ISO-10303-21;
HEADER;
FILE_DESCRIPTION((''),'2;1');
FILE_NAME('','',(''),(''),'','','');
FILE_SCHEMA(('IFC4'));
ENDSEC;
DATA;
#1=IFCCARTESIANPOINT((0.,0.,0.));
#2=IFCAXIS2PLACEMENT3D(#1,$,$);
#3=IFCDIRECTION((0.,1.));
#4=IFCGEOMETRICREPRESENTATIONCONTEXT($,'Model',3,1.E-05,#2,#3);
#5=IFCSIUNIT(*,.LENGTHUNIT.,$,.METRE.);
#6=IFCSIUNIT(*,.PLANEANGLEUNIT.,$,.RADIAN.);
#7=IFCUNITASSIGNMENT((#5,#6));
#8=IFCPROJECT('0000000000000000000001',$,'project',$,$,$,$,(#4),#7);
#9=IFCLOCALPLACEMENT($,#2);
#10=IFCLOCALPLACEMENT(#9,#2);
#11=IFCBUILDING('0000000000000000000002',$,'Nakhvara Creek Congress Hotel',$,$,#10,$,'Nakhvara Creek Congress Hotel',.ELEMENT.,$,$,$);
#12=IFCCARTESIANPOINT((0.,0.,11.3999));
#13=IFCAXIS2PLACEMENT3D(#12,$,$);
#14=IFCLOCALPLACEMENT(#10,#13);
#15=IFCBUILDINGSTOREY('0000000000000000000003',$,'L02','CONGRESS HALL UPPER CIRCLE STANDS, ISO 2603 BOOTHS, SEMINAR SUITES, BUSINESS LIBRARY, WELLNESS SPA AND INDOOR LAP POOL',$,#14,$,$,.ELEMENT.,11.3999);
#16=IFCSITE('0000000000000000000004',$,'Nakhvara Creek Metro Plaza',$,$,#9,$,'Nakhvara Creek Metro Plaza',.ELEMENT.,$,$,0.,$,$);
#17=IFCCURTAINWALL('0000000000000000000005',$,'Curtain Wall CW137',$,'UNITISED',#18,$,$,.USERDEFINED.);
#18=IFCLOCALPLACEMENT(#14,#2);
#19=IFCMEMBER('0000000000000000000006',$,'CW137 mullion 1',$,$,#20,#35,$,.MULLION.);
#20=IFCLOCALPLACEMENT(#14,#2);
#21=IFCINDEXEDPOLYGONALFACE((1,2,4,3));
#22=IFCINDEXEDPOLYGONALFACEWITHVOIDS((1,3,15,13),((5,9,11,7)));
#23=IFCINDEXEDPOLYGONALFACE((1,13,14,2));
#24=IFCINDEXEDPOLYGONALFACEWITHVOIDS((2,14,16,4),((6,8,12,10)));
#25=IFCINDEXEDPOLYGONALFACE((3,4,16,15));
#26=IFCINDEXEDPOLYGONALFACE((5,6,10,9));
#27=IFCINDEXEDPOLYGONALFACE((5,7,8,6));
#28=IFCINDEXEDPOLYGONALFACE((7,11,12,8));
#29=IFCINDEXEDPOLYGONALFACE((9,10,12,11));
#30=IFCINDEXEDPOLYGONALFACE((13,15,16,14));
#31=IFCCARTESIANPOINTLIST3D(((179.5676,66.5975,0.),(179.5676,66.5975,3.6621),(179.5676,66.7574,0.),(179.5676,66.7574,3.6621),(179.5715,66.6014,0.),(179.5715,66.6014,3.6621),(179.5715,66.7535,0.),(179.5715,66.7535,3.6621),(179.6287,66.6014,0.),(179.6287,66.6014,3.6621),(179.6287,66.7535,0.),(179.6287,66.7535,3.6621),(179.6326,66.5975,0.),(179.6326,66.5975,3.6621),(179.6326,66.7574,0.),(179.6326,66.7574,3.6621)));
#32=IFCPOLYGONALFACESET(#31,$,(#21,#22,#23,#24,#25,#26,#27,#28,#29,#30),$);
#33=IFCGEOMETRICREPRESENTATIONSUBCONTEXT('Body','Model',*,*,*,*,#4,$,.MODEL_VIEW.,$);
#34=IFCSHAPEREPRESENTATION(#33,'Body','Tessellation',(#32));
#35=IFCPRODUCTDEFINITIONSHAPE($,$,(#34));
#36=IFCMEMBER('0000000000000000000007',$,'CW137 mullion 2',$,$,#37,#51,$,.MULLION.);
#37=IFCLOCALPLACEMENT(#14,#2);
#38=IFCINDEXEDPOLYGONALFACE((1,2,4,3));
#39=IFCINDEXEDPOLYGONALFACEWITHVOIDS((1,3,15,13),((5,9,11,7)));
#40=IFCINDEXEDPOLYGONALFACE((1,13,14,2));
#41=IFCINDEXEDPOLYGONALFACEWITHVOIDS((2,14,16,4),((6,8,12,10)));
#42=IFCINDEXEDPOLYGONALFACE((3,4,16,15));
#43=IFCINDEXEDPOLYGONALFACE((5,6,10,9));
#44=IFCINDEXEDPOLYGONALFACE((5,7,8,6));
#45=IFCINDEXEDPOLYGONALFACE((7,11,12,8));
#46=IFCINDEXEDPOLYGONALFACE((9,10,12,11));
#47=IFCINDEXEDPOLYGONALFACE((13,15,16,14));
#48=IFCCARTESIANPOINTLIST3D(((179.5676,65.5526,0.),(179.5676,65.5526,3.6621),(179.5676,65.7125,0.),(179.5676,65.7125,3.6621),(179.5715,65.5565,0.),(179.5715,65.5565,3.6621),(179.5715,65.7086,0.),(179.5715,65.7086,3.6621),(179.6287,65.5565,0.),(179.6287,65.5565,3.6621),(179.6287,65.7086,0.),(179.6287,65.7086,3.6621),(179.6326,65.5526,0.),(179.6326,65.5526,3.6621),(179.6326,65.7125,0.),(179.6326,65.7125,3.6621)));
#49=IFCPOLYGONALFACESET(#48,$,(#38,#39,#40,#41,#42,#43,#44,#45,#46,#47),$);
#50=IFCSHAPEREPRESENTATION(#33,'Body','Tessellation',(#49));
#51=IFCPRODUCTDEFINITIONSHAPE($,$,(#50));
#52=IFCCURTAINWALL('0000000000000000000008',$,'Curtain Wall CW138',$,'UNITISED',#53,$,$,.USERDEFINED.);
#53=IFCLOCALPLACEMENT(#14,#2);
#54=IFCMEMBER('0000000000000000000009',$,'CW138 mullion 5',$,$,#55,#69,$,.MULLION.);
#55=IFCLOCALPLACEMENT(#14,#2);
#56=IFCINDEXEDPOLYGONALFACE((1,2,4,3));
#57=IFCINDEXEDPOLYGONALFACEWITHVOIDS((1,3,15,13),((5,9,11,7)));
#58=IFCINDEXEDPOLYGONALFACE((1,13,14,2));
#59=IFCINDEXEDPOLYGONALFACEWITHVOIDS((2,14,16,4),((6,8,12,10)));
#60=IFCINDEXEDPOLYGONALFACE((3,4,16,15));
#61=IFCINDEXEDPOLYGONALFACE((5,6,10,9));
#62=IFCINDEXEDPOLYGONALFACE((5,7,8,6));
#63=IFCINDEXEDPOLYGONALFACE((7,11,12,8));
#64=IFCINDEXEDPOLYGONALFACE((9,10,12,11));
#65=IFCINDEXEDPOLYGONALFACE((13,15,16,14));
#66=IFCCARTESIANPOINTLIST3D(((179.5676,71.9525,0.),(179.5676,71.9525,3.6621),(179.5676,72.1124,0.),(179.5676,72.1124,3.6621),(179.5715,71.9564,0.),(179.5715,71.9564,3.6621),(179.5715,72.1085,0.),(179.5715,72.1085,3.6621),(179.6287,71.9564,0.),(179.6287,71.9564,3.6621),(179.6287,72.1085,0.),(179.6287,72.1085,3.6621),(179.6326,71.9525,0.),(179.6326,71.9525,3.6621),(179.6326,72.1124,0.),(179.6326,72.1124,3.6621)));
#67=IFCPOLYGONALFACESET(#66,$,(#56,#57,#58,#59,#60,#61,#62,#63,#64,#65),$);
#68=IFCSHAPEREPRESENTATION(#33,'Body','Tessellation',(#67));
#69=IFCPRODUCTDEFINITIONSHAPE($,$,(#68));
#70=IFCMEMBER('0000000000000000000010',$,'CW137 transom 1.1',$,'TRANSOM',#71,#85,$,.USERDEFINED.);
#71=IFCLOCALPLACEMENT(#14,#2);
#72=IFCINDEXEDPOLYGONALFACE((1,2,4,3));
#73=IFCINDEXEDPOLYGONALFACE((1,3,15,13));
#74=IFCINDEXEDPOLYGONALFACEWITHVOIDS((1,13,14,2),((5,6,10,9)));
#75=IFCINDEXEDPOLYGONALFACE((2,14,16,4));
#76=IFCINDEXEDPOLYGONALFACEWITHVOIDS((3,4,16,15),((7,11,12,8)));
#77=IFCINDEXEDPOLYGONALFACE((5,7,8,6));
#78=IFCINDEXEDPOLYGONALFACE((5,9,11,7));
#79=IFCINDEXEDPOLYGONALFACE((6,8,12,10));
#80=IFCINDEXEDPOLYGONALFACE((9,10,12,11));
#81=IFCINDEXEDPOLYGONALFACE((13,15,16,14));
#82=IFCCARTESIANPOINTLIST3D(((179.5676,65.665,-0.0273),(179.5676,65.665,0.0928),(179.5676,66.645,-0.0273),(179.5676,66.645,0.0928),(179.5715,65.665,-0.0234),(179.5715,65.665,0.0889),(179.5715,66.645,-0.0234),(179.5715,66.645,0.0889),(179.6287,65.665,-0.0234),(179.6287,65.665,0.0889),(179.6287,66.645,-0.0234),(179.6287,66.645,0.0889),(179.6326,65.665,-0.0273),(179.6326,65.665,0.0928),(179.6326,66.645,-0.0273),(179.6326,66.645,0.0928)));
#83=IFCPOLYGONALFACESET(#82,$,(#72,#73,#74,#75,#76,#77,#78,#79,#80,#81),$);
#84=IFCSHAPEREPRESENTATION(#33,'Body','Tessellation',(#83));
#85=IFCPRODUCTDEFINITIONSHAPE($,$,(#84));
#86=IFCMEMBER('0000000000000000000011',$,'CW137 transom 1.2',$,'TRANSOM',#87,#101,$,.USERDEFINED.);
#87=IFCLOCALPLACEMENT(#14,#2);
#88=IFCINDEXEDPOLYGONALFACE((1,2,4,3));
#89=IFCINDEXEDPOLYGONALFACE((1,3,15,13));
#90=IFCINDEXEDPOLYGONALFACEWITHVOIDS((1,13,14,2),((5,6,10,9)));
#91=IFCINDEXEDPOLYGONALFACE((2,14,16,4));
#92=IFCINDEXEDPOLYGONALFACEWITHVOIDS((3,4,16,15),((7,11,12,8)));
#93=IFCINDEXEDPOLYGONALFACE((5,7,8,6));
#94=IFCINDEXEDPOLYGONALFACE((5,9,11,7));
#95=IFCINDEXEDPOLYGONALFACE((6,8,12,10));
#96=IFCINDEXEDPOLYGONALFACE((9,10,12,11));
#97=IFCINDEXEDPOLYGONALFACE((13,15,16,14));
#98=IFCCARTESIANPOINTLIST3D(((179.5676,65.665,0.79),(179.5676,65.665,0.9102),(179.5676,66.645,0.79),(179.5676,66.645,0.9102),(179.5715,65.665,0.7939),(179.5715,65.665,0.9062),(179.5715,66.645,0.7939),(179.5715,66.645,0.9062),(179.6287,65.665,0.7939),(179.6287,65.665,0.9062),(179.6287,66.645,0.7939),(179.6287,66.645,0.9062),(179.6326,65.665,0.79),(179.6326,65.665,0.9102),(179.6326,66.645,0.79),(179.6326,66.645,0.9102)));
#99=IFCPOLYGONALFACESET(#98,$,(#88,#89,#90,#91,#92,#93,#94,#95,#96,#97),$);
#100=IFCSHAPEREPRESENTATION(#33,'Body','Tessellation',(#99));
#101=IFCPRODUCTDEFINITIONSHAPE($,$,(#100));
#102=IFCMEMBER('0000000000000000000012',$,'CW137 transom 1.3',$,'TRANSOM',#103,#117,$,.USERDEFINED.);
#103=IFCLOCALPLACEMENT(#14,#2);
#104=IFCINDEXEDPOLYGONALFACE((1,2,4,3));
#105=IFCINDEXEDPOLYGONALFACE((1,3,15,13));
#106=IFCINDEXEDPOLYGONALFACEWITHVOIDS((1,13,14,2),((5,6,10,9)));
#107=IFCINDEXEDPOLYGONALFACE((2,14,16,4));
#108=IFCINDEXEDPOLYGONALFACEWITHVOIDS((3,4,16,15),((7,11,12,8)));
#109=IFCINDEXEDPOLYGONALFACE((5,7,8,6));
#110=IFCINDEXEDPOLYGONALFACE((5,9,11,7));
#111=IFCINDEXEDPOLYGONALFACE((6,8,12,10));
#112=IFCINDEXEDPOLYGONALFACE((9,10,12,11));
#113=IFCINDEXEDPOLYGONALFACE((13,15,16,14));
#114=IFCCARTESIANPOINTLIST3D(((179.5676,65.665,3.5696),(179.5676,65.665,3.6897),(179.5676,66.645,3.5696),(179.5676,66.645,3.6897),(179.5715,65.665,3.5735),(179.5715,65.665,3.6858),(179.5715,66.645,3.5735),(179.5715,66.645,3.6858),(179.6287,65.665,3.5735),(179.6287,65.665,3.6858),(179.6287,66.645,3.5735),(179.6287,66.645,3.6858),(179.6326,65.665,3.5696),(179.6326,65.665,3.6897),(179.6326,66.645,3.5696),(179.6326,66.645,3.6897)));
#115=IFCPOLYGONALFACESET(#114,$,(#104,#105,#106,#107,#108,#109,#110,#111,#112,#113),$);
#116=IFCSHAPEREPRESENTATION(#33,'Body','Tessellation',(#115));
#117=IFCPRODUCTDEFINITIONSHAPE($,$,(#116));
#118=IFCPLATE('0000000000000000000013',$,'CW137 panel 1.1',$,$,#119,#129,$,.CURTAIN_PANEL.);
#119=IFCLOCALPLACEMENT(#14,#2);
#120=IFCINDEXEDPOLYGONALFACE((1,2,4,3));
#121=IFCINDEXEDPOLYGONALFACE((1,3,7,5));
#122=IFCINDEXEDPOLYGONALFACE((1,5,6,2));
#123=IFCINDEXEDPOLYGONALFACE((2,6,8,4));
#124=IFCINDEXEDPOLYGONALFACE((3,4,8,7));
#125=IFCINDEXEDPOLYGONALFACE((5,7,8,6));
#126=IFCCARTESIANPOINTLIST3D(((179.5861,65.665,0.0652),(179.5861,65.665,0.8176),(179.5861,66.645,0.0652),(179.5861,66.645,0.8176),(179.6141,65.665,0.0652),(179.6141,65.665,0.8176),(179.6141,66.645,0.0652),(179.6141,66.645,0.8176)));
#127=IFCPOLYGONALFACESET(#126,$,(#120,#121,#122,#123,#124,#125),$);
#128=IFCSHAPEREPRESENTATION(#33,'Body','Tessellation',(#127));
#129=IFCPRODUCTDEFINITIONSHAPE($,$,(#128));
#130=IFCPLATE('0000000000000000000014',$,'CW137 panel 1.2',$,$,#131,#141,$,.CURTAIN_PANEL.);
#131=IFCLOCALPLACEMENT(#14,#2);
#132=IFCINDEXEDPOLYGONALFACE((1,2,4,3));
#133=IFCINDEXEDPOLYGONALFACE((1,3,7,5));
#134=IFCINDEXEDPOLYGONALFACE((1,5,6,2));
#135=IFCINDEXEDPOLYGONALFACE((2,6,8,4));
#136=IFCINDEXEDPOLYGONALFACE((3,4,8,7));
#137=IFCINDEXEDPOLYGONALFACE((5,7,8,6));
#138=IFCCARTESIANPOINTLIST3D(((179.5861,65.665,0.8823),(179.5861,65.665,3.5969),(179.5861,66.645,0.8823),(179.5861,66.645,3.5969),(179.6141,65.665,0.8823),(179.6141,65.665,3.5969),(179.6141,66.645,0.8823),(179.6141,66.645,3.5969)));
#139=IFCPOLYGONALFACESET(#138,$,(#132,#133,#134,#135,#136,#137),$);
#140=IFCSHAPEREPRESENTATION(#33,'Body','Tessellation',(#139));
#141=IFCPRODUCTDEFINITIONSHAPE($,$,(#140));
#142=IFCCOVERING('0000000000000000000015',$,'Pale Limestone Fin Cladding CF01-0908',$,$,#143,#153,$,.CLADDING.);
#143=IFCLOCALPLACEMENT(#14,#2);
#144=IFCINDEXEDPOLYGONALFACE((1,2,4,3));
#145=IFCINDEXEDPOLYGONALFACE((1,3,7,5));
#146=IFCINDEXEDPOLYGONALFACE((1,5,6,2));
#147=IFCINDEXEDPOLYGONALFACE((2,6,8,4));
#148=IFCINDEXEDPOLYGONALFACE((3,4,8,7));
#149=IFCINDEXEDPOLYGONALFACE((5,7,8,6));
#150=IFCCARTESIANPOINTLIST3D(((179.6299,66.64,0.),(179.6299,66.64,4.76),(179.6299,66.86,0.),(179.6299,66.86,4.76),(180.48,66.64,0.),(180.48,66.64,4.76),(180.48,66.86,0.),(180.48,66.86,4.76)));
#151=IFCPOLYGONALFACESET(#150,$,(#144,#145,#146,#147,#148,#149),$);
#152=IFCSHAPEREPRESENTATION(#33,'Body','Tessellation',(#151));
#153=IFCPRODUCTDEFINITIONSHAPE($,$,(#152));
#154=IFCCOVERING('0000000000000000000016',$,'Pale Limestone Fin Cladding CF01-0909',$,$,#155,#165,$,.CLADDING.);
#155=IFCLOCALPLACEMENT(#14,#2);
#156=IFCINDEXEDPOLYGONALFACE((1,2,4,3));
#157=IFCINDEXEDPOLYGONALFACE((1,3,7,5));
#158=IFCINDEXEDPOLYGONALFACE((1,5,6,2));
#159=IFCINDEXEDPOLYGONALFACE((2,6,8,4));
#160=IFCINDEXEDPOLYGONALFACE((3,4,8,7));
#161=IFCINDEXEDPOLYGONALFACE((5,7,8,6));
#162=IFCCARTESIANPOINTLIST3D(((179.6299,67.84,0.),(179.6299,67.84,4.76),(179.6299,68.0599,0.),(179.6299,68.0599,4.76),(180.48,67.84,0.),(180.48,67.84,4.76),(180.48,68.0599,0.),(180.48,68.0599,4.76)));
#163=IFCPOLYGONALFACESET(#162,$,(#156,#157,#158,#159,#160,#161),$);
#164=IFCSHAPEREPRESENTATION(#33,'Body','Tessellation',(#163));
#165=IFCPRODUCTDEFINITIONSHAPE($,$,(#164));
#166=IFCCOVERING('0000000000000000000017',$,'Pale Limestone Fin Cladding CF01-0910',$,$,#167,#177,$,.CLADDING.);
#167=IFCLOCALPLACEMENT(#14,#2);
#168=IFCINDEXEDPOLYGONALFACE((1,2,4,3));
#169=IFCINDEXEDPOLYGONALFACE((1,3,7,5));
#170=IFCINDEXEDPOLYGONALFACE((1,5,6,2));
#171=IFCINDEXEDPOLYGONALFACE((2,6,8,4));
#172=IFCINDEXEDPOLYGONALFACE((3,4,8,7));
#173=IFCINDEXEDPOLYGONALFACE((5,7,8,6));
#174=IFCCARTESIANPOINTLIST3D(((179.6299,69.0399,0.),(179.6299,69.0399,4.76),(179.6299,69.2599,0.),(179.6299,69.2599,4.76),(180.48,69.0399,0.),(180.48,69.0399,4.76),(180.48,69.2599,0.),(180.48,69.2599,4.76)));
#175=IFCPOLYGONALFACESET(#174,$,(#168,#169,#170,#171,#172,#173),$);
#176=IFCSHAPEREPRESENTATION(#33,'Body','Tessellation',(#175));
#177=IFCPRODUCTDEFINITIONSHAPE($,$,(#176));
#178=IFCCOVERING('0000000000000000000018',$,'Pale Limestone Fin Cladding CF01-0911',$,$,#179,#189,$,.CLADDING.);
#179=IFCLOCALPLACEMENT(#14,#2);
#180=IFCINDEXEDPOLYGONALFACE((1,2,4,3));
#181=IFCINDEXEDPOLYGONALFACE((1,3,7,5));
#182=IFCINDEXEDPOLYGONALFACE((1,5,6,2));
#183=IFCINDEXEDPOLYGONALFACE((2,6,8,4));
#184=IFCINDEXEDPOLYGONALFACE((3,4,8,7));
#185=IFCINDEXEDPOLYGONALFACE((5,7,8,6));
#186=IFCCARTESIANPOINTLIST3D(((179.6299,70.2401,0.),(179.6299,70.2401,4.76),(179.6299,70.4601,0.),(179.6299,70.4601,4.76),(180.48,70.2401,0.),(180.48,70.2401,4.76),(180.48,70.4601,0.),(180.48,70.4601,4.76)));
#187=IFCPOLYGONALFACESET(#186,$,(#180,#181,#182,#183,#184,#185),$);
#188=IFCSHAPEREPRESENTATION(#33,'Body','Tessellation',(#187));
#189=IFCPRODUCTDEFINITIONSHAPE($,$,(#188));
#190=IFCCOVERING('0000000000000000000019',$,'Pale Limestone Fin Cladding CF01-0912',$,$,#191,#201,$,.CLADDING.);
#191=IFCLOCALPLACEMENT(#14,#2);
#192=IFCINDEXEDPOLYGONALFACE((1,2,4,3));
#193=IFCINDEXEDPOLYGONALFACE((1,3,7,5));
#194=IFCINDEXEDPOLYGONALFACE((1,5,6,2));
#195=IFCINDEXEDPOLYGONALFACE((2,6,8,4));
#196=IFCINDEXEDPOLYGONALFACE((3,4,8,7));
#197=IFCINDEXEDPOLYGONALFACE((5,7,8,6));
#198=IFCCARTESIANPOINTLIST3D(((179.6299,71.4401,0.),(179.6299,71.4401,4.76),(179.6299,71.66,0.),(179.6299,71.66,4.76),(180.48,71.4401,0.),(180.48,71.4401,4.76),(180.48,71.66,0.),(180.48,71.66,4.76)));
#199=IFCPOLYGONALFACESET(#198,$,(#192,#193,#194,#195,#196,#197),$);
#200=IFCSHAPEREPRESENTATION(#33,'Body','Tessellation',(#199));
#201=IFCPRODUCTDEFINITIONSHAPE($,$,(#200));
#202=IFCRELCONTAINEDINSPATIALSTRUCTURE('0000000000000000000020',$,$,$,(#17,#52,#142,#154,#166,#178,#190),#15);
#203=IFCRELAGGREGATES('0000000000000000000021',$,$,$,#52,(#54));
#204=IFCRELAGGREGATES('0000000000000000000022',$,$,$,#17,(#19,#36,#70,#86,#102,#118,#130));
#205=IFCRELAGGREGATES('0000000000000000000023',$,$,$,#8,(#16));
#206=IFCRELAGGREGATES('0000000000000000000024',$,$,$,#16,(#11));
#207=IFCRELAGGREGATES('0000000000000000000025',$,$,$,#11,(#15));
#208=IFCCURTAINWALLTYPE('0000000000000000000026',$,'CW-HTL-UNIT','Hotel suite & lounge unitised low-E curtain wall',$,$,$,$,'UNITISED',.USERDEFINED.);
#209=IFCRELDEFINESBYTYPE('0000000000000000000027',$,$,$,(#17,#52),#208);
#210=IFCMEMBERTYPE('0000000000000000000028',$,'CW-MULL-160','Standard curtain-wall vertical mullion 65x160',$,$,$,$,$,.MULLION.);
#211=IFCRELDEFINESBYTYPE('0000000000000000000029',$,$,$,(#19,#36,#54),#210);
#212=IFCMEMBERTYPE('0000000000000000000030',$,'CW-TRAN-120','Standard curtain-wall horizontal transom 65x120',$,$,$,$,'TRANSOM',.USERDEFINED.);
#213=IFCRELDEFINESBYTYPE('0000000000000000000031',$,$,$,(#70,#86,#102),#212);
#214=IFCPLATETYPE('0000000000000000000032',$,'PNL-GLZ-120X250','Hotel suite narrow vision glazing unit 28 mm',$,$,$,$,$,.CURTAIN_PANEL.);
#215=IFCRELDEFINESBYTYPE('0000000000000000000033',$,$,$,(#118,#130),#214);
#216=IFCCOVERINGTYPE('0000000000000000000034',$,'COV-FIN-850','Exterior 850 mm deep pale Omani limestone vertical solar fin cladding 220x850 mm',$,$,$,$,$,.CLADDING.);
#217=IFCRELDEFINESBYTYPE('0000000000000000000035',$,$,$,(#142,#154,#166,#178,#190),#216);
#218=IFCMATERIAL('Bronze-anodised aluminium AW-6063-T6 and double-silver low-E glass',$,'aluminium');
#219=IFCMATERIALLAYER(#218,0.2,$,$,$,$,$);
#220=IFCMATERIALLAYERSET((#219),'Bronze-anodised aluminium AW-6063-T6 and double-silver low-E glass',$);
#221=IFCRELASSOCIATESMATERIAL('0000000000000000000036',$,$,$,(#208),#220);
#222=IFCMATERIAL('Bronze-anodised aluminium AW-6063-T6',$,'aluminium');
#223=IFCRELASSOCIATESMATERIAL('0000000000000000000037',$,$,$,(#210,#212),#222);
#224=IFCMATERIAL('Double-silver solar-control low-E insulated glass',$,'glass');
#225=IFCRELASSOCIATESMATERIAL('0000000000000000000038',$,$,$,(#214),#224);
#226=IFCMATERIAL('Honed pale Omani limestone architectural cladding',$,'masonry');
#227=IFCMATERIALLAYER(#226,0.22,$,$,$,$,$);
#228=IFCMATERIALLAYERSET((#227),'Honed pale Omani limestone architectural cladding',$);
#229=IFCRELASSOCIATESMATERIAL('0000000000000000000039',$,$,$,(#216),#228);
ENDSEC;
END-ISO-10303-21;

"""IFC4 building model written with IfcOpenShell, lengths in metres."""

from ifc_helpers import new_model, si_unit, direction, frame, origin, origin_2d, place, context, subcontext, project, spatial, rectangle, hollow_rectangle, extrude, material, layer, layer_set, material_profile, profile_set, type_object, element, aggregate, save


model = new_model("IFC4")

# Units and contexts
model_context = context("Model", 3, precision=1e-05, world=origin(), true_north=direction((0.0, 1.0)))
body_context = subcontext(model_context, "Body", "Model", "MODEL_VIEW")
ifc_project = project(units=[si_unit("LENGTHUNIT", "METRE"), si_unit("PLANEANGLEUNIT", "RADIAN")], contexts=[model_context])

# Site, building, storey
site_placement = place(None, origin())
site = spatial("IfcSite", under=ifc_project, at=site_placement, Name="Nakhvara Creek Metro Plaza", LongName="Nakhvara Creek Metro Plaza", CompositionType="ELEMENT", RefElevation=0.0)
building_placement = place(site_placement, origin())
building = spatial("IfcBuilding", under=site, at=building_placement, Name="Nakhvara Creek Congress Hotel", LongName="Nakhvara Creek Congress Hotel", CompositionType="ELEMENT")
storey_placement = place(building_placement, frame((0.0, 0.0, 11.3999)))
storey = spatial("IfcBuildingStorey", under=building, at=storey_placement, Name="L02", Description="CONGRESS HALL UPPER CIRCLE STANDS, ISO 2603 BOOTHS, SEMINAR SUITES, BUSINESS LIBRARY, WELLNESS SPA AND INDOOR LAP POOL", CompositionType="ELEMENT", Elevation=11.3999)

# Curtain wall, members
ifc_material_1 = material(Name="Bronze-anodised aluminium AW-6063-T6 and double-silver low-E glass", Category="aluminium")
ifc_layer_1 = layer(ifc_material_1, 0.2)
ifc_layer_set_1 = layer_set([ifc_layer_1], Name="Bronze-anodised aluminium AW-6063-T6 and double-silver low-E glass")
curtain_wall_type = type_object("IfcCurtainWallType", Name="CW-HTL-UNIT", Description="Hotel suite & lounge unitised low-E curtain wall", ElementType="UNITISED", PredefinedType="USERDEFINED", material=ifc_layer_set_1)
curtain_wall_1_placement = place(storey_placement, origin())
curtain_wall_1 = element("IfcCurtainWall", 1, at=curtain_wall_1_placement, inside=storey, type_object=curtain_wall_type, Name="Curtain Wall CW137", ObjectType="UNITISED", PredefinedType="USERDEFINED")
ifc_material_2 = material(Name="Bronze-anodised aluminium AW-6063-T6", Category="aluminium")
ifc_material_profile_1 = material_profile(ifc_material_2, hollow_rectangle(XDim=0.0649, YDim=0.1599, WallThickness=0.0039, at=origin_2d()), Name="ALU-MULL 65x160x4", Category="LoadBearing")
ifc_profile_set_1 = profile_set([ifc_material_profile_1], Name="Bronze-anodised aluminium AW-6063-T6")
member_type_1 = type_object("IfcMemberType", Name="CW-MULL-160", Description="Standard curtain-wall vertical mullion 65x160", PredefinedType="MULLION", material=ifc_profile_set_1)
member_1_placement = place(storey_placement, frame((179.6001, 66.6775, 0.0), z_axis=(0.0, 0.0, 1.0), x_axis=(1.0, 0.0, 0.0)))
member_1 = element("IfcMember", 2, at=member_1_placement, type_object=member_type_1, Name="CW137 mullion 1", PredefinedType="MULLION", context=body_context, shape_type="SweptSolid", body=[
    extrude(hollow_rectangle(XDim=0.0649, YDim=0.1599, WallThickness=0.0039, at=origin_2d()), origin(), (0.0, 0.0, 1.0), 3.6621),
])
member_2_placement = place(storey_placement, frame((179.6001, 65.6326, 0.0), z_axis=(0.0, 0.0, 1.0), x_axis=(1.0, 0.0, 0.0)))
member_2 = element("IfcMember", 3, at=member_2_placement, type_object=member_type_1, Name="CW137 mullion 2", PredefinedType="MULLION", context=body_context, shape_type="SweptSolid", body=[
    extrude(hollow_rectangle(XDim=0.0649, YDim=0.1599, WallThickness=0.0039, at=origin_2d()), origin(), (0.0, 0.0, 1.0), 3.6621),
])

# Curtain wall, member
curtain_wall_2_placement = place(storey_placement, origin())
curtain_wall_2 = element("IfcCurtainWall", 4, at=curtain_wall_2_placement, inside=storey, type_object=curtain_wall_type, Name="Curtain Wall CW138", ObjectType="UNITISED", PredefinedType="USERDEFINED")
member_3_placement = place(storey_placement, frame((179.6001, 72.0325, 0.0), z_axis=(0.0, 0.0, 1.0), x_axis=(1.0, 0.0, 0.0)))
member_3 = element("IfcMember", 5, at=member_3_placement, type_object=member_type_1, Name="CW138 mullion 5", PredefinedType="MULLION", context=body_context, shape_type="SweptSolid", body=[
    extrude(hollow_rectangle(XDim=0.0649, YDim=0.1599, WallThickness=0.0039, at=origin_2d()), origin(), (0.0, 0.0, 1.0), 3.6621),
])
aggregate(curtain_wall_2, [member_3])

# Members
ifc_material_profile_2 = material_profile(ifc_material_2, hollow_rectangle(XDim=0.0649, YDim=0.1201, WallThickness=0.0039, at=origin_2d()), Name="ALU-TRAN 65x120x4", Category="LoadBearing")
ifc_profile_set_2 = profile_set([ifc_material_profile_2], Name="Bronze-anodised aluminium AW-6063-T6")
member_type_2 = type_object("IfcMemberType", Name="CW-TRAN-120", Description="Standard curtain-wall horizontal transom 65x120", ElementType="TRANSOM", PredefinedType="USERDEFINED", material=ifc_profile_set_2)
member_4_placement = place(storey_placement, frame((179.6001, 66.645, 0.0327), z_axis=(0.0, -1.0, 0.0), x_axis=(1.0, 0.0, 0.0)))
member_4 = element("IfcMember", 6, at=member_4_placement, type_object=member_type_2, Name="CW137 transom 1.1", ObjectType="TRANSOM", PredefinedType="USERDEFINED", context=body_context, shape_type="SweptSolid", body=[
    extrude(hollow_rectangle(XDim=0.0649, YDim=0.1201, WallThickness=0.0039, at=origin_2d()), origin(), (0.0, 0.0, 1.0), 0.98),
])
member_5_placement = place(storey_placement, frame((179.6001, 66.645, 0.8501), z_axis=(0.0, -1.0, 0.0), x_axis=(1.0, 0.0, 0.0)))
member_5 = element("IfcMember", 7, at=member_5_placement, type_object=member_type_2, Name="CW137 transom 1.2", ObjectType="TRANSOM", PredefinedType="USERDEFINED", context=body_context, shape_type="SweptSolid", body=[
    extrude(hollow_rectangle(XDim=0.0649, YDim=0.1201, WallThickness=0.0039, at=origin_2d()), origin(), (0.0, 0.0, 1.0), 0.98),
])
member_6_placement = place(storey_placement, frame((179.6001, 66.645, 3.6296), z_axis=(0.0, -1.0, 0.0), x_axis=(1.0, 0.0, 0.0)))
member_6 = element("IfcMember", 8, at=member_6_placement, type_object=member_type_2, Name="CW137 transom 1.3", ObjectType="TRANSOM", PredefinedType="USERDEFINED", context=body_context, shape_type="SweptSolid", body=[
    extrude(hollow_rectangle(XDim=0.0649, YDim=0.1201, WallThickness=0.0039, at=origin_2d()), origin(), (0.0, 0.0, 1.0), 0.98),
])

# Plates
ifc_material_3 = material(Name="Double-silver solar-control low-E insulated glass", Category="glass")
plate_type = type_object("IfcPlateType", Name="PNL-GLZ-120X250", Description="Hotel suite narrow vision glazing unit 28 mm", PredefinedType="CURTAIN_PANEL", material=ifc_material_3)
plate_1_placement = place(storey_placement, frame((179.6001, 66.155, 0.0652), z_axis=(0.0, 0.0, 1.0), x_axis=(0.0, -1.0, 0.0)))
plate_1 = element("IfcPlate", 9, at=plate_1_placement, type_object=plate_type, Name="CW137 panel 1.1", PredefinedType="CURTAIN_PANEL", context=body_context, shape_type="SweptSolid", body=[
    extrude(rectangle(XDim=0.98, YDim=0.0281, at=origin_2d()), origin(), (0.0, 0.0, 1.0), 0.7524),
])
plate_2_placement = place(storey_placement, frame((179.6001, 66.155, 0.8823), z_axis=(0.0, 0.0, 1.0), x_axis=(0.0, -1.0, 0.0)))
plate_2 = element("IfcPlate", 10, at=plate_2_placement, type_object=plate_type, Name="CW137 panel 1.2", PredefinedType="CURTAIN_PANEL", context=body_context, shape_type="SweptSolid", body=[
    extrude(rectangle(XDim=0.98, YDim=0.0281, at=origin_2d()), origin(), (0.0, 0.0, 1.0), 2.7146),
])
aggregate(curtain_wall_1, [member_1, member_2, member_4, member_5, member_6, plate_1, plate_2])

# Coverings
ifc_material_4 = material(Name="Honed pale Omani limestone architectural cladding", Category="masonry")
ifc_layer_2 = layer(ifc_material_4, 0.22)
ifc_layer_set_2 = layer_set([ifc_layer_2], Name="Honed pale Omani limestone architectural cladding")
covering_type = type_object("IfcCoveringType", Name="COV-FIN-850", Description="Exterior 850 mm deep pale Omani limestone vertical solar fin cladding 220x850 mm", PredefinedType="CLADDING", material=ifc_layer_set_2)
for number, where, z_axis, x_axis, name in (
    (11, (180.0549, 66.75, 0.0), (0.0, 0.0, 1.0), (0.0, 1.0, 0.0), "Pale Limestone Fin Cladding CF01-0908"),
    (12, (180.0549, 67.95, 0.0), (0.0, 0.0, 1.0), (0.0, 1.0, 0.0), "Pale Limestone Fin Cladding CF01-0909"),
    (13, (180.0549, 69.1499, 0.0), (0.0, 0.0, 1.0), (0.0, 1.0, 0.0), "Pale Limestone Fin Cladding CF01-0910"),
    (14, (180.0549, 70.3501, 0.0), (0.0, 0.0, 1.0), (0.0, 1.0, 0.0), "Pale Limestone Fin Cladding CF01-0911"),
    (15, (180.0549, 71.55, 0.0), (0.0, 0.0, 1.0), (0.0, 1.0, 0.0), "Pale Limestone Fin Cladding CF01-0912"),
):
    element("IfcCovering", number, at=place(storey_placement, frame(where, z_axis=z_axis, x_axis=x_axis)), inside=storey, type_object=covering_type, Name=name, PredefinedType="CLADDING", context=body_context, shape_type="SweptSolid", body=[
        extrude(rectangle(XDim=0.22, YDim=0.8501, at=origin_2d()), origin(), (0.0, 0.0, 1.0), 4.76),
    ])

save(model, "model.ifc")
